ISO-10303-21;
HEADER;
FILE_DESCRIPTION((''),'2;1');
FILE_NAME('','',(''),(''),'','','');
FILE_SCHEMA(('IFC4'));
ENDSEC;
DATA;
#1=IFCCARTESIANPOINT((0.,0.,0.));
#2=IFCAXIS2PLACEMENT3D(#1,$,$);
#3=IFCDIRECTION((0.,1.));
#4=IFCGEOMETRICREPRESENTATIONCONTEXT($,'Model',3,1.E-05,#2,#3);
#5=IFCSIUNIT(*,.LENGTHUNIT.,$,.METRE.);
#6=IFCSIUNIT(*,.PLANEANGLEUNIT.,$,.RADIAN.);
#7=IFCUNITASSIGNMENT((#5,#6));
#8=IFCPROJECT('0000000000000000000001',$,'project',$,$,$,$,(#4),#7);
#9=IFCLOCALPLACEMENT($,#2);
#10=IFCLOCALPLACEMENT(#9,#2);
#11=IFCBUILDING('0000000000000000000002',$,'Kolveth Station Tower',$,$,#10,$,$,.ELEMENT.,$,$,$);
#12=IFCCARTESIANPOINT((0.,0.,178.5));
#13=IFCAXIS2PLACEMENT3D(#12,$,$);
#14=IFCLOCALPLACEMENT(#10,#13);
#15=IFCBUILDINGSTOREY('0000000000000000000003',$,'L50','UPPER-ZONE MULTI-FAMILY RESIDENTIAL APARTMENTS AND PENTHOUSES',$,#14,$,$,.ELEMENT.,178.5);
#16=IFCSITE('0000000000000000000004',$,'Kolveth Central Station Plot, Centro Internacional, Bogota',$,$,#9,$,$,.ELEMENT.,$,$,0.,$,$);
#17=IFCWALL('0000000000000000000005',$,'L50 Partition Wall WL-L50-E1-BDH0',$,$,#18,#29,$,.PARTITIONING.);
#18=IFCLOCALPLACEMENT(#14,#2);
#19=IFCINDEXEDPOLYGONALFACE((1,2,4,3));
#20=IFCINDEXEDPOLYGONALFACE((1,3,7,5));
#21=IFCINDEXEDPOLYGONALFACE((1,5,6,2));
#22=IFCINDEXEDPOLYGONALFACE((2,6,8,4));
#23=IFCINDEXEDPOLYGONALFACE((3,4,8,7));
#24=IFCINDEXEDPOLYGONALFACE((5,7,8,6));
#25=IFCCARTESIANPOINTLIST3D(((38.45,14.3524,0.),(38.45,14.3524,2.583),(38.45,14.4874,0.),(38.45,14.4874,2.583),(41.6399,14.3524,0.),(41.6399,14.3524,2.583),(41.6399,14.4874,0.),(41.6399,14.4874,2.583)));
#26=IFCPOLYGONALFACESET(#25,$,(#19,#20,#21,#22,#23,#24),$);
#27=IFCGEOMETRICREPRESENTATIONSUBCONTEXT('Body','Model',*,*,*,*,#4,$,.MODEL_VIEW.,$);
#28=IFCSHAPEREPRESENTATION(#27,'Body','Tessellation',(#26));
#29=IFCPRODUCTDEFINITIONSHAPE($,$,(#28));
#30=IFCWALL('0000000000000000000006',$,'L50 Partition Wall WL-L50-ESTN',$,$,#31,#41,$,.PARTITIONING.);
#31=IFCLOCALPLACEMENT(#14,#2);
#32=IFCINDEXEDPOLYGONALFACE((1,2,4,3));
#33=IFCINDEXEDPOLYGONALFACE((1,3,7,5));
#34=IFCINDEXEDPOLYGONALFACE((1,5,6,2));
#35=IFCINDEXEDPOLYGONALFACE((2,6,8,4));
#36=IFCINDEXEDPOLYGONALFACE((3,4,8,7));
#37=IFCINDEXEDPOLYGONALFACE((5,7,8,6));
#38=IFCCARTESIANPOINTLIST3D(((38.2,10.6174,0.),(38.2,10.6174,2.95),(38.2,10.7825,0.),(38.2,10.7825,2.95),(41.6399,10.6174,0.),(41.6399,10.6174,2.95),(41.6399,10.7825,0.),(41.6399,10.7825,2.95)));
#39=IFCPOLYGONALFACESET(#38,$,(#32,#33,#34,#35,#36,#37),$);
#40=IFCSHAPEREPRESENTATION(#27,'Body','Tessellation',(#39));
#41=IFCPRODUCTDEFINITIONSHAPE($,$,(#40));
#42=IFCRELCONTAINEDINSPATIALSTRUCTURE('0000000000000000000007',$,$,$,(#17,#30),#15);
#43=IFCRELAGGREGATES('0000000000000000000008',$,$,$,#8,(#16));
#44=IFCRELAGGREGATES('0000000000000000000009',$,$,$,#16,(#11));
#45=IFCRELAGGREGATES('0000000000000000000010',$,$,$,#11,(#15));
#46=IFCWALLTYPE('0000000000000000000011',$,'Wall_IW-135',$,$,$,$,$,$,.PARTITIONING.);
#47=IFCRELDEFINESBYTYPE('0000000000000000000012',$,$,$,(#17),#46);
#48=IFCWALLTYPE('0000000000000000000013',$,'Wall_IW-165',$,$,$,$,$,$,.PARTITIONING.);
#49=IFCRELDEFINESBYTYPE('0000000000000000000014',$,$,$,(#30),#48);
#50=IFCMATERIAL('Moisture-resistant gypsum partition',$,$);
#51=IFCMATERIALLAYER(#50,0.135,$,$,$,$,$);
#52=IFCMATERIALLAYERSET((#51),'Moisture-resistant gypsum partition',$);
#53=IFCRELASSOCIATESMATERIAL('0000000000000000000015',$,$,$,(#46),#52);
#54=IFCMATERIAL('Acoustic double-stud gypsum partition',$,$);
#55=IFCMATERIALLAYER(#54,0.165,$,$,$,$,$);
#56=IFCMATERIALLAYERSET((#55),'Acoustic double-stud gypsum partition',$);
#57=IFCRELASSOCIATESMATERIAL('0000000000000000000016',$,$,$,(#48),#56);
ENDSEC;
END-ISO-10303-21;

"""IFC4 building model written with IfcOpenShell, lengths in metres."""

from ifc_helpers import new_model, si_unit, direction, frame, frame_2d, origin, place, context, subcontext, project, spatial, rectangle, extrude, material, layer, layer_set, type_object, element, save


model = new_model("IFC4")

# Units and contexts
model_context = context("Model", 3, precision=1e-05, world=origin(), true_north=direction((0.0, 1.0)))
body_context = subcontext(model_context, "Body", "Model", "MODEL_VIEW")
ifc_project = project(units=[si_unit("LENGTHUNIT", "METRE"), si_unit("PLANEANGLEUNIT", "RADIAN")], contexts=[model_context])

# Site, building, storey
site_placement = place(None, origin())
site = spatial("IfcSite", under=ifc_project, at=site_placement, Name="Kolveth Central Station Plot, Centro Internacional, Bogota", CompositionType="ELEMENT", RefElevation=0.0)
building_placement = place(site_placement, origin())
building = spatial("IfcBuilding", under=site, at=building_placement, Name="Kolveth Station Tower", CompositionType="ELEMENT")
storey_placement = place(building_placement, frame((0.0, 0.0, 178.5)))
storey = spatial("IfcBuildingStorey", under=building, at=storey_placement, Name="L50", Description="UPPER-ZONE MULTI-FAMILY RESIDENTIAL APARTMENTS AND PENTHOUSES", CompositionType="ELEMENT", Elevation=178.5)

# Shared definitions
ifc_material_1 = material(Name="Moisture-resistant gypsum partition")
ifc_layer_1 = layer(ifc_material_1, 0.135)
ifc_layer_set_1 = layer_set([ifc_layer_1], Name="Moisture-resistant gypsum partition")
wall_type_1 = type_object("IfcWallType", Name="Wall_IW-135", PredefinedType="PARTITIONING", material=ifc_layer_set_1)

# Wall
wall_1_placement = place(storey_placement, frame((38.45, 14.4199, 0.0), z_axis=(0.0, 0.0, 1.0), x_axis=(1.0, 0.0, 0.0)))
element("IfcWall", 1, at=wall_1_placement, inside=storey, type_object=wall_type_1, Name="L50 Partition Wall WL-L50-E1-BDH0", PredefinedType="PARTITIONING", context=body_context, shape_type="SweptSolid", body=[
    extrude(rectangle(XDim=3.1899, YDim=0.135, at=frame_2d((1.595, 0.0))), origin(), (0.0, 0.0, 1.0), 2.583),
])

# Shared definitions
ifc_material_2 = material(Name="Acoustic double-stud gypsum partition")
ifc_layer_2 = layer(ifc_material_2, 0.165)
ifc_layer_set_2 = layer_set([ifc_layer_2], Name="Acoustic double-stud gypsum partition")
wall_type_2 = type_object("IfcWallType", Name="Wall_IW-165", PredefinedType="PARTITIONING", material=ifc_layer_set_2)

# Wall
wall_2_placement = place(storey_placement, frame((38.2, 10.7, 0.0), z_axis=(0.0, 0.0, 1.0), x_axis=(1.0, 0.0, 0.0)))
element("IfcWall", 2, at=wall_2_placement, inside=storey, type_object=wall_type_2, Name="L50 Partition Wall WL-L50-ESTN", PredefinedType="PARTITIONING", context=body_context, shape_type="SweptSolid", body=[
    extrude(rectangle(XDim=3.4399, YDim=0.165, at=frame_2d((1.72, 0.0))), origin(), (0.0, 0.0, 1.0), 2.95),
])

save(model, "model.ifc")
